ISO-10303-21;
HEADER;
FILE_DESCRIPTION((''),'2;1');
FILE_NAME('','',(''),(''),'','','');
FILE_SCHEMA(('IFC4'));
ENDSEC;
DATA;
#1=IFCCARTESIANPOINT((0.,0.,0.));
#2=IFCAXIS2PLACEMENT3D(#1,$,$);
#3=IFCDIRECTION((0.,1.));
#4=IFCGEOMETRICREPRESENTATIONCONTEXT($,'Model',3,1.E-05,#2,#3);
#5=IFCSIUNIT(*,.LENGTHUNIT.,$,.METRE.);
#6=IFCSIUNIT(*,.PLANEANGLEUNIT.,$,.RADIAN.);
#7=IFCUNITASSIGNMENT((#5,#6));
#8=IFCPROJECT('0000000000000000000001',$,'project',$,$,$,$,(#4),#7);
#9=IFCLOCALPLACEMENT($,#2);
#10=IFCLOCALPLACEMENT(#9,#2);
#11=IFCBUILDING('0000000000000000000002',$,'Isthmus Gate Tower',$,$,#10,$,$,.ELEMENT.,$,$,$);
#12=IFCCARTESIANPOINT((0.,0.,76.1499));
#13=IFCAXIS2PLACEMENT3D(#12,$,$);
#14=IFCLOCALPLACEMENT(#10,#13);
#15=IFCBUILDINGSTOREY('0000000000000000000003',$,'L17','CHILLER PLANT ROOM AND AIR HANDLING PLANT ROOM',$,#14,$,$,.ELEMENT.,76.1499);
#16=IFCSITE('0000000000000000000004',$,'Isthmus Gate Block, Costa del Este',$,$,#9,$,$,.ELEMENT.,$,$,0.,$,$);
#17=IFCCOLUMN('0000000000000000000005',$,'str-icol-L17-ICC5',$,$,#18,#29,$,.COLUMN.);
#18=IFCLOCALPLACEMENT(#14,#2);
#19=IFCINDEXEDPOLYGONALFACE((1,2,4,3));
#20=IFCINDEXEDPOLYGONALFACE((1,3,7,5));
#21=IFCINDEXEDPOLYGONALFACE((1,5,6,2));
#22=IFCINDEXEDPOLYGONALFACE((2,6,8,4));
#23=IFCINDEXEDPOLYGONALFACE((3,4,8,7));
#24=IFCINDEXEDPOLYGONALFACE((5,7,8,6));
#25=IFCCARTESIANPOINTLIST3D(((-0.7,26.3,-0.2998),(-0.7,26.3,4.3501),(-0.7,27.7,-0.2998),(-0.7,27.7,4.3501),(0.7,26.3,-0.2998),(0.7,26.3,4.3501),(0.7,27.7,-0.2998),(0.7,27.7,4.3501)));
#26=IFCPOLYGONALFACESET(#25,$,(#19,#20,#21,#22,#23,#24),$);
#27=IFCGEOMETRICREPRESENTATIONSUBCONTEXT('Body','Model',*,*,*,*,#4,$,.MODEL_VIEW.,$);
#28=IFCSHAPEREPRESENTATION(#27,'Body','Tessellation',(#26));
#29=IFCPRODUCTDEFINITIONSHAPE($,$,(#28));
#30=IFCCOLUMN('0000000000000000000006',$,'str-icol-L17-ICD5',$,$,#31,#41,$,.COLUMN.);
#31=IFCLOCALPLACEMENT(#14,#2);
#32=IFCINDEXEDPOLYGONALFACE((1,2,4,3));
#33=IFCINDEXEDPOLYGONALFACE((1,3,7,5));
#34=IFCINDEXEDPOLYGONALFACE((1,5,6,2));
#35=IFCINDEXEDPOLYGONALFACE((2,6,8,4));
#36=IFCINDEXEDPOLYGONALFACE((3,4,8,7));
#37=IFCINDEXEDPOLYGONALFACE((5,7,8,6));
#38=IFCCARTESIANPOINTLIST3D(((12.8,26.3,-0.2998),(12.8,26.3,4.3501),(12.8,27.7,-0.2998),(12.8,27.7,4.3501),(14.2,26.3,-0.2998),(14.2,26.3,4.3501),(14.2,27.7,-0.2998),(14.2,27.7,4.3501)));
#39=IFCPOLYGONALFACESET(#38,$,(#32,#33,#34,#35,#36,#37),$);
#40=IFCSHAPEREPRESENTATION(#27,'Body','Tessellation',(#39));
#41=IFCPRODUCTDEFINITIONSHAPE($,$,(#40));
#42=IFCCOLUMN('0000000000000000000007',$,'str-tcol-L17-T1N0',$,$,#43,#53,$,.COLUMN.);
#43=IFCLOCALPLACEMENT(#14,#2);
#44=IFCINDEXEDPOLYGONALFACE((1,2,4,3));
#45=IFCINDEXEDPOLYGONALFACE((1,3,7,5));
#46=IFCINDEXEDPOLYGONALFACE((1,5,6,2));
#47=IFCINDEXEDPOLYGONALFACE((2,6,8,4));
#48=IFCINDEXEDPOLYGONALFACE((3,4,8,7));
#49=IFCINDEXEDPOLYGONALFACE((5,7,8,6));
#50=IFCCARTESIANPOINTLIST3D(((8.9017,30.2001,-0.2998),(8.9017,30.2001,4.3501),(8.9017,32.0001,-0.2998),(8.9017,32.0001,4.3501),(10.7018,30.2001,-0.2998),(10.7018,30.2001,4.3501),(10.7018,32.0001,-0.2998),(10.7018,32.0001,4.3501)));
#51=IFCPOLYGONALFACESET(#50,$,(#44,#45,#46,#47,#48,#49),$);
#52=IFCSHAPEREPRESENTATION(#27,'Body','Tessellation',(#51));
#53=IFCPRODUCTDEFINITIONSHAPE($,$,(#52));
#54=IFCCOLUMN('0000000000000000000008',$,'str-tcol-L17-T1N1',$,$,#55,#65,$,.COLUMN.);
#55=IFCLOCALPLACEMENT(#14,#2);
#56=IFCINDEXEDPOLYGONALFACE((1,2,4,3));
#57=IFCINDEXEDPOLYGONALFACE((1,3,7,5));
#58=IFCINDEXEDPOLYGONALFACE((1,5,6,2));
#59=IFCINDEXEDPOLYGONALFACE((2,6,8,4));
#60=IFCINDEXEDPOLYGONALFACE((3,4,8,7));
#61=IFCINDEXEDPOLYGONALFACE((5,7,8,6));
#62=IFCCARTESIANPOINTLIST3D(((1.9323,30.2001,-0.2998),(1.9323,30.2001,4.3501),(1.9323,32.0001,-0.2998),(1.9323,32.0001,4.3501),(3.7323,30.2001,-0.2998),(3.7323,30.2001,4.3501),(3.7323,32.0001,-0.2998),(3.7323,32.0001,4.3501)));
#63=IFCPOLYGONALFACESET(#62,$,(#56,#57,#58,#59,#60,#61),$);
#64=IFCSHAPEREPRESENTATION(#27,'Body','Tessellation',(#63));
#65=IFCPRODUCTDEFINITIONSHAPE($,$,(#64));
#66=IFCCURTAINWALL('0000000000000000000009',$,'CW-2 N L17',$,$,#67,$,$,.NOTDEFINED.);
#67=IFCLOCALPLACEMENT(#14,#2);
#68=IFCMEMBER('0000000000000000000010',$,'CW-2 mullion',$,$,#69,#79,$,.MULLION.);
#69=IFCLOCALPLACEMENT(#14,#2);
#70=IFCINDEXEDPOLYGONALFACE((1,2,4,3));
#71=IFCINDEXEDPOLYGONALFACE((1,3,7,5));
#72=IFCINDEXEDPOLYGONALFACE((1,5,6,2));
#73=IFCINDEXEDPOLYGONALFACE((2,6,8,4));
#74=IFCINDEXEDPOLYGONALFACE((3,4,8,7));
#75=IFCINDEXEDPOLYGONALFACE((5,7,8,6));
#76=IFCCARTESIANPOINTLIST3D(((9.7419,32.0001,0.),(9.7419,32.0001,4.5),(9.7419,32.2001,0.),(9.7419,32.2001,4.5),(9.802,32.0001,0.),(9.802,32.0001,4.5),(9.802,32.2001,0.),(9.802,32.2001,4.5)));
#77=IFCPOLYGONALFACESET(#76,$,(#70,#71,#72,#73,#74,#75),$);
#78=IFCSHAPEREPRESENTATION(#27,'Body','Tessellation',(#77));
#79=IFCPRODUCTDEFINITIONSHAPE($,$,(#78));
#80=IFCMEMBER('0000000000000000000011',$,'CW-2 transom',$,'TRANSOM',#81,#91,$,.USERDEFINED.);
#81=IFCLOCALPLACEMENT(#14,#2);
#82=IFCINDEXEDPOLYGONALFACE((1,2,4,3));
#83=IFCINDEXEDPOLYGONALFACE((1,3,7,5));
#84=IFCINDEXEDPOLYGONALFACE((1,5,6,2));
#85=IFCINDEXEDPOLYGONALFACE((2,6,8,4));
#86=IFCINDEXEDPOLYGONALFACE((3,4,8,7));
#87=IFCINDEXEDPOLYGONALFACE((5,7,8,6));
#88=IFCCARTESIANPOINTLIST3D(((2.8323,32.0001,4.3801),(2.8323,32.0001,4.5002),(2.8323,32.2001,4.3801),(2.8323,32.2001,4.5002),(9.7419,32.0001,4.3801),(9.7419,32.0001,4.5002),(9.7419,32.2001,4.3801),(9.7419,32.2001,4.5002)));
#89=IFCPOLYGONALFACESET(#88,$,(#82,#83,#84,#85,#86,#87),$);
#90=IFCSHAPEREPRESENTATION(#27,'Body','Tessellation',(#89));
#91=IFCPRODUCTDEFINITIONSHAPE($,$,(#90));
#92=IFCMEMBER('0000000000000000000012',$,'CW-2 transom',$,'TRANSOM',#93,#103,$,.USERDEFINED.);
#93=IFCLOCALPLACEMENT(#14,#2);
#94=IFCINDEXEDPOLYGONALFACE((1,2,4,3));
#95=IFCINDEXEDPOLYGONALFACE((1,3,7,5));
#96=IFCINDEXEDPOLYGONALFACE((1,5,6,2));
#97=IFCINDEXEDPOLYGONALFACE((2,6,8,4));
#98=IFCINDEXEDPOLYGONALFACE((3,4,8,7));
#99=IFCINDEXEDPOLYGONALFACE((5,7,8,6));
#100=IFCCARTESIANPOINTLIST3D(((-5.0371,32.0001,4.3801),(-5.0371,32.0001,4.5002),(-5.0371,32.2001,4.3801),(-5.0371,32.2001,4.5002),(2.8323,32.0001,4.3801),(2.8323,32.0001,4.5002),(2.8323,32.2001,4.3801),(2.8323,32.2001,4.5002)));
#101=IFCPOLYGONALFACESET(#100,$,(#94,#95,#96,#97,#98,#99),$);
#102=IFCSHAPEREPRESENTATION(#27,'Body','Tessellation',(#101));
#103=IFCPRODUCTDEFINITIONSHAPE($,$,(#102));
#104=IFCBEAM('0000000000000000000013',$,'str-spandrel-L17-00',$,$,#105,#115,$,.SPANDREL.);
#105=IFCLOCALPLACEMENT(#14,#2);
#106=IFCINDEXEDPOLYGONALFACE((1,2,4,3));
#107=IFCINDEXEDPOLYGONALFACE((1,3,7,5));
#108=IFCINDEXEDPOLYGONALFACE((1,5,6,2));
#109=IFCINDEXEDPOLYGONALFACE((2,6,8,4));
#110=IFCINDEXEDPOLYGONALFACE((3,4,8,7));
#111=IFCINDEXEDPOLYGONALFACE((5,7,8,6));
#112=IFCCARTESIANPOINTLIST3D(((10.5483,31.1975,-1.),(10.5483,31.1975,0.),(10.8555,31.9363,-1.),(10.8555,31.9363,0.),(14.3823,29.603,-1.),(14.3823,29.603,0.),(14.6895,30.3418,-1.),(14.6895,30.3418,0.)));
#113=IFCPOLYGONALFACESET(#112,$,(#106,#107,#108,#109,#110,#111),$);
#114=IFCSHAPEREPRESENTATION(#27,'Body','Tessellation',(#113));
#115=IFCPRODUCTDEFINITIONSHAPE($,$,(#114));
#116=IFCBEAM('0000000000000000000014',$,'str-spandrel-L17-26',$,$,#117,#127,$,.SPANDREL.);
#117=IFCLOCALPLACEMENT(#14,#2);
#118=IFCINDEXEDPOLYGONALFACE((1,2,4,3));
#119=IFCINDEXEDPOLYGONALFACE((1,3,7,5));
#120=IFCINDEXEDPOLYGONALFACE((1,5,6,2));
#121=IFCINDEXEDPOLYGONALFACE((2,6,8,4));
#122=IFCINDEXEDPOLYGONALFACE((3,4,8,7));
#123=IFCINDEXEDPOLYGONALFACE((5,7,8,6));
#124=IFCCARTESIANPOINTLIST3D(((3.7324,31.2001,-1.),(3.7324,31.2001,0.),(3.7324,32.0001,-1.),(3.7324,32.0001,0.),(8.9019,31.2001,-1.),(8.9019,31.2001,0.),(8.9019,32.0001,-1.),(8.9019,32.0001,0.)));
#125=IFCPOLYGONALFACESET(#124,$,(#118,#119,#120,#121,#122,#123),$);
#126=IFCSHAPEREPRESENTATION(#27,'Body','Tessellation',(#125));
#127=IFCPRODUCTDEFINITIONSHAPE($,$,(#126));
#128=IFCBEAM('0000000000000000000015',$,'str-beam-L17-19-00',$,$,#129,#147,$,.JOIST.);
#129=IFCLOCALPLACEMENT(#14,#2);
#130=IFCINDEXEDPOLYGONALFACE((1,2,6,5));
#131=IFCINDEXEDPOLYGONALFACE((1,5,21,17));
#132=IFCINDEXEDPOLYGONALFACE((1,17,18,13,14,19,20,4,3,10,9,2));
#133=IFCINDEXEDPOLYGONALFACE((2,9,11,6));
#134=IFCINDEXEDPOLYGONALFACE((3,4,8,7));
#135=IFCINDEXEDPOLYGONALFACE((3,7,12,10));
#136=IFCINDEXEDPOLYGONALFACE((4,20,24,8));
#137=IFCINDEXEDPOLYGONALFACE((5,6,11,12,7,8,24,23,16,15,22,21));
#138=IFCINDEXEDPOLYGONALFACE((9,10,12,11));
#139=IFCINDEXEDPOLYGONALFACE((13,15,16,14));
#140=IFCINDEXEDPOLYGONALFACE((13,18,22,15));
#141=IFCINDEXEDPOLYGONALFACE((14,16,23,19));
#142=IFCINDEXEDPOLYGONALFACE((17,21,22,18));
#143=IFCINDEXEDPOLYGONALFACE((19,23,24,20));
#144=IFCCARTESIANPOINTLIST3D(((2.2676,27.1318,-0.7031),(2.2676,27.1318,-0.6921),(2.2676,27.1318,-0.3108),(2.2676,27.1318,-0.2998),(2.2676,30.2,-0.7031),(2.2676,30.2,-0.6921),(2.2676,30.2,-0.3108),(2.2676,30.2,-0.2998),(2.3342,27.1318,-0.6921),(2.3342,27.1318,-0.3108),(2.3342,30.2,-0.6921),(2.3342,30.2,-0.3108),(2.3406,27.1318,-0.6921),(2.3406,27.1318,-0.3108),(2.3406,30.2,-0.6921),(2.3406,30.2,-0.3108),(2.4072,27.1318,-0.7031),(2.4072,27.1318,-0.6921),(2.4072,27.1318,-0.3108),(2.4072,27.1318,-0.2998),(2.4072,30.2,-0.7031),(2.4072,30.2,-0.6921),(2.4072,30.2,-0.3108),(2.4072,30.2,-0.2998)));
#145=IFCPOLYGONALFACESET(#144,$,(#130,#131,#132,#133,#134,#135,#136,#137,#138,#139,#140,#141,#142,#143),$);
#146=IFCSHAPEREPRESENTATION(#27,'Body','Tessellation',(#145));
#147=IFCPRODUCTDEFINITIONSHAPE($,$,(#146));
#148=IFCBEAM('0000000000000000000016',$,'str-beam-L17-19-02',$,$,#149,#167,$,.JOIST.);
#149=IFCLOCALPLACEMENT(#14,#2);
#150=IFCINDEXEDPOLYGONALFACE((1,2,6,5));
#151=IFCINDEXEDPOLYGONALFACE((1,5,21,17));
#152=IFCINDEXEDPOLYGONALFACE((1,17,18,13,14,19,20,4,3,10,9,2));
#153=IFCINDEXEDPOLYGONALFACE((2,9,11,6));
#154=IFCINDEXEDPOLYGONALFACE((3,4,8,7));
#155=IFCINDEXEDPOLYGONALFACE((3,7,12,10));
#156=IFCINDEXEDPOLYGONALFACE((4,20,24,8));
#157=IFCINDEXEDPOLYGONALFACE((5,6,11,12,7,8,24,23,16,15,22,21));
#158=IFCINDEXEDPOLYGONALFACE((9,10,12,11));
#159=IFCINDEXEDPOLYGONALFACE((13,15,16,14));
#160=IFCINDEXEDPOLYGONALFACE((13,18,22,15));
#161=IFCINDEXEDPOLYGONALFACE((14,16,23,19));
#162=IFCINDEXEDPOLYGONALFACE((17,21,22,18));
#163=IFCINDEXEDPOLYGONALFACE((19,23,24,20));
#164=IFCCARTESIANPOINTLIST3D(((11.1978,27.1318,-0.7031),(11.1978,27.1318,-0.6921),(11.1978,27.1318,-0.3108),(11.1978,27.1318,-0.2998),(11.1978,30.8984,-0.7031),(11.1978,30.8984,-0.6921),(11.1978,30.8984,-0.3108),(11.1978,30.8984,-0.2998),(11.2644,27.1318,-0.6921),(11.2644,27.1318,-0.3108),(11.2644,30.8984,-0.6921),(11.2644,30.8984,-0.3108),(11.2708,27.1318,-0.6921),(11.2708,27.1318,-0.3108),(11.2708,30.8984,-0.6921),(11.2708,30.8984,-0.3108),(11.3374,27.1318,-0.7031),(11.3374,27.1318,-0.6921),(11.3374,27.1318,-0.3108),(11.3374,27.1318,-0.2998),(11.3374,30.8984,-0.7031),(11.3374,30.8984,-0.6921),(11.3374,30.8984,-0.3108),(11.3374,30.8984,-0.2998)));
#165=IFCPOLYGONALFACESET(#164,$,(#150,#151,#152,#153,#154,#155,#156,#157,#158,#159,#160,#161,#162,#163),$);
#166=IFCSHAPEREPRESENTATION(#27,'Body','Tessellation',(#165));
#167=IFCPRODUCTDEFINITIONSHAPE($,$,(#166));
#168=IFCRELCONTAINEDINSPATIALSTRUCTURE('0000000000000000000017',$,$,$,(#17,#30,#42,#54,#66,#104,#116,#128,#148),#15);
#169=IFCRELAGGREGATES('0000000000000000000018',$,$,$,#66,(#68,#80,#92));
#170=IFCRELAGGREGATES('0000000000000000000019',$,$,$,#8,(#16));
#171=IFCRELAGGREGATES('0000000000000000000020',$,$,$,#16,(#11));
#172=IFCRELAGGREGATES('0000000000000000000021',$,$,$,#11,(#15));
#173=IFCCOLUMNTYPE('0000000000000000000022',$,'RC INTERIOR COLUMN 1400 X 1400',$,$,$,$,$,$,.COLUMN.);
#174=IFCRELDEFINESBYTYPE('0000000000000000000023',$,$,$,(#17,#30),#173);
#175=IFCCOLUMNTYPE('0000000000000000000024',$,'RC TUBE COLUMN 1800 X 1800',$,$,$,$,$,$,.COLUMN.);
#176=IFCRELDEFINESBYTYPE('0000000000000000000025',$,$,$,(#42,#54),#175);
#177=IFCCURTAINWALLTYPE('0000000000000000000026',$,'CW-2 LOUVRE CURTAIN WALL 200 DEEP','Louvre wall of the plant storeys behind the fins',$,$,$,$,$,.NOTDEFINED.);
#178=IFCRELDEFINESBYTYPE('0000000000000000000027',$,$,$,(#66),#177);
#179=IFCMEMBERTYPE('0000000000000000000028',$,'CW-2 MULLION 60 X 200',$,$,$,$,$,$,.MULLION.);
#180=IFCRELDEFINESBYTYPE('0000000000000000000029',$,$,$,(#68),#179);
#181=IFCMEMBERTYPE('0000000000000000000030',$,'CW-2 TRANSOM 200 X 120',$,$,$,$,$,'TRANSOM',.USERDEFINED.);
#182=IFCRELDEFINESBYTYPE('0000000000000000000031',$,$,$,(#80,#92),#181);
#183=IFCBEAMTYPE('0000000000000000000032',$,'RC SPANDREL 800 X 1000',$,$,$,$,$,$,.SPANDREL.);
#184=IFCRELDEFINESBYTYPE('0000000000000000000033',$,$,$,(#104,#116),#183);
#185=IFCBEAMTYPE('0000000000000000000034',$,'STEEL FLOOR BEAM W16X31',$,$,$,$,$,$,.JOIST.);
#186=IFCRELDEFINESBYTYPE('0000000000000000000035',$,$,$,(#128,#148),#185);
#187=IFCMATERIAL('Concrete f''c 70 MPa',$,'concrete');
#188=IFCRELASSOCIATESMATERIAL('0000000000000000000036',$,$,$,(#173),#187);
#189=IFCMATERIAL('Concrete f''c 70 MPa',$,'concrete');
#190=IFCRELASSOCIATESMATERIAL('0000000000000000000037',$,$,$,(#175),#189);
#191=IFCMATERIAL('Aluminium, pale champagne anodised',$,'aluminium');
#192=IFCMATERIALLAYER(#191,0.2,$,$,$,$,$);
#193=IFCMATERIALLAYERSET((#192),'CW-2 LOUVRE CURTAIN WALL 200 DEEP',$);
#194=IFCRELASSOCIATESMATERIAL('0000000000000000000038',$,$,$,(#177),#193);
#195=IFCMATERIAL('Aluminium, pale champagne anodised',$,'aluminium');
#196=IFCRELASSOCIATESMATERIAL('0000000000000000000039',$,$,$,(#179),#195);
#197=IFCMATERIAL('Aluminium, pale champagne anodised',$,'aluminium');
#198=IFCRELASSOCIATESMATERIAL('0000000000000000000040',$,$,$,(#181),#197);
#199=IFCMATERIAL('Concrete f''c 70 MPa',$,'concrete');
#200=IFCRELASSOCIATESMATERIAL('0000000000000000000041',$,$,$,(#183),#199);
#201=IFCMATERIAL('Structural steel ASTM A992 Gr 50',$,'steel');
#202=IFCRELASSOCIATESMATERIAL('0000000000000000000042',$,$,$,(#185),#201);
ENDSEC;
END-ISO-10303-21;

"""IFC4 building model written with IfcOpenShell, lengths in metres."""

from ifc_helpers import new_model, si_unit, direction, frame, origin, origin_2d, place, context, subcontext, project, spatial, rectangle, i_section, extrude, material, layer, layer_set, material_profile, profile_set, type_object, element, aggregate, save


model = new_model("IFC4")

# Units and contexts
model_context = context("Model", 3, precision=1e-05, world=origin(), true_north=direction((0.0, 1.0)))
body_context = subcontext(model_context, "Body", "Model", "MODEL_VIEW")
ifc_project = project(units=[si_unit("LENGTHUNIT", "METRE"), si_unit("PLANEANGLEUNIT", "RADIAN")], contexts=[model_context])

# Site, building, storey
site_placement = place(None, origin())
site = spatial("IfcSite", under=ifc_project, at=site_placement, Name="Isthmus Gate Block, Costa del Este", CompositionType="ELEMENT", RefElevation=0.0)
building_placement = place(site_placement, origin())
building = spatial("IfcBuilding", under=site, at=building_placement, Name="Isthmus Gate Tower", CompositionType="ELEMENT")
storey_placement = place(building_placement, frame((0.0, 0.0, 76.1499)))
storey = spatial("IfcBuildingStorey", under=building, at=storey_placement, Name="L17", Description="CHILLER PLANT ROOM AND AIR HANDLING PLANT ROOM", CompositionType="ELEMENT", Elevation=76.1499)

# Columns
ifc_material_1 = material(Name="Concrete f'c 70 MPa", Category="concrete")
ifc_material_profile_1 = material_profile(ifc_material_1, rectangle(XDim=1.3999, YDim=1.3999, at=origin_2d()), Name="RC 1400X1400")
ifc_profile_set_1 = profile_set([ifc_material_profile_1], Name="Concrete f'c 70 MPa")
column_type_1 = type_object("IfcColumnType", Name="RC INTERIOR COLUMN 1400 X 1400", PredefinedType="COLUMN", material=ifc_profile_set_1)
for number, where, z_axis, x_axis, name in (
    (1, (0.0, 27.0, -0.2998), (0.0, 0.0, 1.0), (1.0, 0.0, 0.0), "str-icol-L17-ICC5"),
    (2, (13.5, 27.0, -0.2998), (0.0, 0.0, 1.0), (1.0, 0.0, 0.0), "str-icol-L17-ICD5"),
):
    element("IfcColumn", number, at=place(storey_placement, frame(where, z_axis=z_axis, x_axis=x_axis)), inside=storey, type_object=column_type_1, Name=name, PredefinedType="COLUMN", context=body_context, shape_type="SweptSolid", body=[
        extrude(rectangle(XDim=1.3999, YDim=1.3999, at=origin_2d()), origin(), (0.0, 0.0, 1.0), 4.6499),
    ])
ifc_material_2 = material(Name="Concrete f'c 70 MPa", Category="concrete")
ifc_material_profile_2 = material_profile(ifc_material_2, rectangle(XDim=1.8, YDim=1.8, at=origin_2d()), Name="RC 1800X1800")
ifc_profile_set_2 = profile_set([ifc_material_profile_2], Name="Concrete f'c 70 MPa")
column_type_2 = type_object("IfcColumnType", Name="RC TUBE COLUMN 1800 X 1800", PredefinedType="COLUMN", material=ifc_profile_set_2)
for number, where, z_axis, x_axis, name in (
    (3, (9.8018, 31.1001, -0.2998), (0.0, 0.0, 1.0), (-1.0, 0.0, 0.0), "str-tcol-L17-T1N0"),
    (4, (2.8323, 31.1001, -0.2998), (0.0, 0.0, 1.0), (-1.0, 0.0, 0.0), "str-tcol-L17-T1N1"),
):
    element("IfcColumn", number, at=place(storey_placement, frame(where, z_axis=z_axis, x_axis=x_axis)), inside=storey, type_object=column_type_2, Name=name, PredefinedType="COLUMN", context=body_context, shape_type="SweptSolid", body=[
        extrude(rectangle(XDim=1.8, YDim=1.8, at=origin_2d()), origin(), (0.0, 0.0, 1.0), 4.6499),
    ])

# Curtain wall, members
ifc_material_3 = material(Name="Aluminium, pale champagne anodised", Category="aluminium")
ifc_layer_1 = layer(ifc_material_3, 0.2)
ifc_layer_set_1 = layer_set([ifc_layer_1], Name="CW-2 LOUVRE CURTAIN WALL 200 DEEP")
curtain_wall_type = type_object("IfcCurtainWallType", Name="CW-2 LOUVRE CURTAIN WALL 200 DEEP", Description="Louvre wall of the plant storeys behind the fins", PredefinedType="NOTDEFINED", material=ifc_layer_set_1)
curtain_wall_1_placement = place(storey_placement, origin())
curtain_wall_1 = element("IfcCurtainWall", 5, at=curtain_wall_1_placement, inside=storey, type_object=curtain_wall_type, Name="CW-2 N L17", PredefinedType="NOTDEFINED")
ifc_material_4 = material(Name="Aluminium, pale champagne anodised", Category="aluminium")
ifc_material_profile_3 = material_profile(ifc_material_4, rectangle(XDim=0.0601, YDim=0.2, at=origin_2d()), Name="60x200")
ifc_profile_set_3 = profile_set([ifc_material_profile_3], Name="Aluminium, pale champagne anodised")
member_type_1 = type_object("IfcMemberType", Name="CW-2 MULLION 60 X 200", PredefinedType="MULLION", material=ifc_profile_set_3)
member_1_placement = place(storey_placement, frame((9.772, 32.1001, 0.0), z_axis=(0.0, 0.0, 1.0), x_axis=(-1.0, 0.0, 0.0)))
member_1 = element("IfcMember", 6, at=member_1_placement, type_object=member_type_1, Name="CW-2 mullion", PredefinedType="MULLION", context=body_context, shape_type="SweptSolid", body=[
    extrude(rectangle(XDim=0.0601, YDim=0.2, at=origin_2d()), origin(), (0.0, 0.0, 1.0), 4.5),
])
ifc_material_5 = material(Name="Aluminium, pale champagne anodised", Category="aluminium")
ifc_material_profile_4 = material_profile(ifc_material_5, rectangle(XDim=0.2, YDim=0.1201, at=origin_2d()), Name="200x120")
ifc_profile_set_4 = profile_set([ifc_material_profile_4], Name="Aluminium, pale champagne anodised")
member_type_2 = type_object("IfcMemberType", Name="CW-2 TRANSOM 200 X 120", ElementType="TRANSOM", PredefinedType="USERDEFINED", material=ifc_profile_set_4)
member_2_placement = place(storey_placement, frame((9.7419, 32.1001, 4.4402), z_axis=(-1.0, 0.0, 0.0), x_axis=(0.0, -1.0, 0.0)))
member_2 = element("IfcMember", 7, at=member_2_placement, type_object=member_type_2, Name="CW-2 transom", ObjectType="TRANSOM", PredefinedType="USERDEFINED", context=body_context, shape_type="SweptSolid", body=[
    extrude(rectangle(XDim=0.2, YDim=0.1201, at=origin_2d()), origin(), (0.0, 0.0, 1.0), 6.9097),
])
member_3_placement = place(storey_placement, frame((2.8323, 32.1001, 4.4402), z_axis=(-1.0, 0.0, 0.0), x_axis=(0.0, -1.0, 0.0)))
member_3 = element("IfcMember", 8, at=member_3_placement, type_object=member_type_2, Name="CW-2 transom", ObjectType="TRANSOM", PredefinedType="USERDEFINED", context=body_context, shape_type="SweptSolid", body=[
    extrude(rectangle(XDim=0.2, YDim=0.1201, at=origin_2d()), origin(), (0.0, 0.0, 1.0), 7.8694),
])

# Beams
ifc_material_6 = material(Name="Concrete f'c 70 MPa", Category="concrete")
ifc_material_profile_5 = material_profile(ifc_material_6, rectangle(XDim=0.8, YDim=1.0, at=origin_2d()), Name="RC 800X1000")
ifc_profile_set_5 = profile_set([ifc_material_profile_5], Name="Concrete f'c 70 MPa")
beam_type_1 = type_object("IfcBeamType", Name="RC SPANDREL 800 X 1000", PredefinedType="SPANDREL", material=ifc_profile_set_5)
beam_1_placement = place(storey_placement, frame((10.7019, 31.5669, -0.5), z_axis=(0.923334, -0.383997, 0.0), x_axis=(0.383997, 0.923334, 0.0)))
element("IfcBeam", 9, at=beam_1_placement, inside=storey, type_object=beam_type_1, Name="str-spandrel-L17-00", PredefinedType="SPANDREL", context=body_context, shape_type="SweptSolid", body=[
    extrude(rectangle(XDim=0.8, YDim=1.0, at=origin_2d()), origin(), (0.0, 0.0, 1.0), 4.1523),
])
beam_2_placement = place(storey_placement, frame((3.7324, 31.6001, -0.5), z_axis=(1.0, 0.0, 0.0), x_axis=(0.0, 1.0, 0.0)))
element("IfcBeam", 10, at=beam_2_placement, inside=storey, type_object=beam_type_1, Name="str-spandrel-L17-26", PredefinedType="SPANDREL", context=body_context, shape_type="SweptSolid", body=[
    extrude(rectangle(XDim=0.8, YDim=1.0, at=origin_2d()), origin(), (0.0, 0.0, 1.0), 5.1694),
])
ifc_material_7 = material(Name="Structural steel ASTM A992 Gr 50", Category="steel")
ifc_material_profile_6 = material_profile(ifc_material_7, i_section(OverallWidth=0.1396, OverallDepth=0.4033, WebThickness=0.0063, FlangeThickness=0.011, at=origin_2d()), Name="W16X31")
ifc_profile_set_6 = profile_set([ifc_material_profile_6], Name="Structural steel ASTM A992 Gr 50")
beam_type_2 = type_object("IfcBeamType", Name="STEEL FLOOR BEAM W16X31", PredefinedType="JOIST", material=ifc_profile_set_6)
beam_3_placement = place(storey_placement, frame((2.3374, 27.1318, -0.5015), z_axis=(0.0, 1.0, 0.0), x_axis=(-1.0, 0.0, 0.0)))
element("IfcBeam", 11, at=beam_3_placement, inside=storey, type_object=beam_type_2, Name="str-beam-L17-19-00", PredefinedType="JOIST", context=body_context, shape_type="SweptSolid", body=[
    extrude(i_section(OverallWidth=0.1396, OverallDepth=0.4033, WebThickness=0.0063, FlangeThickness=0.011, at=origin_2d()), origin(), (0.0, 0.0, 1.0), 3.0681),
])
beam_4_placement = place(storey_placement, frame((11.2676, 27.1318, -0.5015), z_axis=(0.0, 1.0, 0.0), x_axis=(-1.0, 0.0, 0.0)))
element("IfcBeam", 12, at=beam_4_placement, inside=storey, type_object=beam_type_2, Name="str-beam-L17-19-02", PredefinedType="JOIST", context=body_context, shape_type="SweptSolid", body=[
    extrude(i_section(OverallWidth=0.1396, OverallDepth=0.4033, WebThickness=0.0063, FlangeThickness=0.011, at=origin_2d()), origin(), (0.0, 0.0, 1.0), 3.7666),
])

aggregate(curtain_wall_1, [member_1, member_2, member_3])

save(model, "model.ifc")
